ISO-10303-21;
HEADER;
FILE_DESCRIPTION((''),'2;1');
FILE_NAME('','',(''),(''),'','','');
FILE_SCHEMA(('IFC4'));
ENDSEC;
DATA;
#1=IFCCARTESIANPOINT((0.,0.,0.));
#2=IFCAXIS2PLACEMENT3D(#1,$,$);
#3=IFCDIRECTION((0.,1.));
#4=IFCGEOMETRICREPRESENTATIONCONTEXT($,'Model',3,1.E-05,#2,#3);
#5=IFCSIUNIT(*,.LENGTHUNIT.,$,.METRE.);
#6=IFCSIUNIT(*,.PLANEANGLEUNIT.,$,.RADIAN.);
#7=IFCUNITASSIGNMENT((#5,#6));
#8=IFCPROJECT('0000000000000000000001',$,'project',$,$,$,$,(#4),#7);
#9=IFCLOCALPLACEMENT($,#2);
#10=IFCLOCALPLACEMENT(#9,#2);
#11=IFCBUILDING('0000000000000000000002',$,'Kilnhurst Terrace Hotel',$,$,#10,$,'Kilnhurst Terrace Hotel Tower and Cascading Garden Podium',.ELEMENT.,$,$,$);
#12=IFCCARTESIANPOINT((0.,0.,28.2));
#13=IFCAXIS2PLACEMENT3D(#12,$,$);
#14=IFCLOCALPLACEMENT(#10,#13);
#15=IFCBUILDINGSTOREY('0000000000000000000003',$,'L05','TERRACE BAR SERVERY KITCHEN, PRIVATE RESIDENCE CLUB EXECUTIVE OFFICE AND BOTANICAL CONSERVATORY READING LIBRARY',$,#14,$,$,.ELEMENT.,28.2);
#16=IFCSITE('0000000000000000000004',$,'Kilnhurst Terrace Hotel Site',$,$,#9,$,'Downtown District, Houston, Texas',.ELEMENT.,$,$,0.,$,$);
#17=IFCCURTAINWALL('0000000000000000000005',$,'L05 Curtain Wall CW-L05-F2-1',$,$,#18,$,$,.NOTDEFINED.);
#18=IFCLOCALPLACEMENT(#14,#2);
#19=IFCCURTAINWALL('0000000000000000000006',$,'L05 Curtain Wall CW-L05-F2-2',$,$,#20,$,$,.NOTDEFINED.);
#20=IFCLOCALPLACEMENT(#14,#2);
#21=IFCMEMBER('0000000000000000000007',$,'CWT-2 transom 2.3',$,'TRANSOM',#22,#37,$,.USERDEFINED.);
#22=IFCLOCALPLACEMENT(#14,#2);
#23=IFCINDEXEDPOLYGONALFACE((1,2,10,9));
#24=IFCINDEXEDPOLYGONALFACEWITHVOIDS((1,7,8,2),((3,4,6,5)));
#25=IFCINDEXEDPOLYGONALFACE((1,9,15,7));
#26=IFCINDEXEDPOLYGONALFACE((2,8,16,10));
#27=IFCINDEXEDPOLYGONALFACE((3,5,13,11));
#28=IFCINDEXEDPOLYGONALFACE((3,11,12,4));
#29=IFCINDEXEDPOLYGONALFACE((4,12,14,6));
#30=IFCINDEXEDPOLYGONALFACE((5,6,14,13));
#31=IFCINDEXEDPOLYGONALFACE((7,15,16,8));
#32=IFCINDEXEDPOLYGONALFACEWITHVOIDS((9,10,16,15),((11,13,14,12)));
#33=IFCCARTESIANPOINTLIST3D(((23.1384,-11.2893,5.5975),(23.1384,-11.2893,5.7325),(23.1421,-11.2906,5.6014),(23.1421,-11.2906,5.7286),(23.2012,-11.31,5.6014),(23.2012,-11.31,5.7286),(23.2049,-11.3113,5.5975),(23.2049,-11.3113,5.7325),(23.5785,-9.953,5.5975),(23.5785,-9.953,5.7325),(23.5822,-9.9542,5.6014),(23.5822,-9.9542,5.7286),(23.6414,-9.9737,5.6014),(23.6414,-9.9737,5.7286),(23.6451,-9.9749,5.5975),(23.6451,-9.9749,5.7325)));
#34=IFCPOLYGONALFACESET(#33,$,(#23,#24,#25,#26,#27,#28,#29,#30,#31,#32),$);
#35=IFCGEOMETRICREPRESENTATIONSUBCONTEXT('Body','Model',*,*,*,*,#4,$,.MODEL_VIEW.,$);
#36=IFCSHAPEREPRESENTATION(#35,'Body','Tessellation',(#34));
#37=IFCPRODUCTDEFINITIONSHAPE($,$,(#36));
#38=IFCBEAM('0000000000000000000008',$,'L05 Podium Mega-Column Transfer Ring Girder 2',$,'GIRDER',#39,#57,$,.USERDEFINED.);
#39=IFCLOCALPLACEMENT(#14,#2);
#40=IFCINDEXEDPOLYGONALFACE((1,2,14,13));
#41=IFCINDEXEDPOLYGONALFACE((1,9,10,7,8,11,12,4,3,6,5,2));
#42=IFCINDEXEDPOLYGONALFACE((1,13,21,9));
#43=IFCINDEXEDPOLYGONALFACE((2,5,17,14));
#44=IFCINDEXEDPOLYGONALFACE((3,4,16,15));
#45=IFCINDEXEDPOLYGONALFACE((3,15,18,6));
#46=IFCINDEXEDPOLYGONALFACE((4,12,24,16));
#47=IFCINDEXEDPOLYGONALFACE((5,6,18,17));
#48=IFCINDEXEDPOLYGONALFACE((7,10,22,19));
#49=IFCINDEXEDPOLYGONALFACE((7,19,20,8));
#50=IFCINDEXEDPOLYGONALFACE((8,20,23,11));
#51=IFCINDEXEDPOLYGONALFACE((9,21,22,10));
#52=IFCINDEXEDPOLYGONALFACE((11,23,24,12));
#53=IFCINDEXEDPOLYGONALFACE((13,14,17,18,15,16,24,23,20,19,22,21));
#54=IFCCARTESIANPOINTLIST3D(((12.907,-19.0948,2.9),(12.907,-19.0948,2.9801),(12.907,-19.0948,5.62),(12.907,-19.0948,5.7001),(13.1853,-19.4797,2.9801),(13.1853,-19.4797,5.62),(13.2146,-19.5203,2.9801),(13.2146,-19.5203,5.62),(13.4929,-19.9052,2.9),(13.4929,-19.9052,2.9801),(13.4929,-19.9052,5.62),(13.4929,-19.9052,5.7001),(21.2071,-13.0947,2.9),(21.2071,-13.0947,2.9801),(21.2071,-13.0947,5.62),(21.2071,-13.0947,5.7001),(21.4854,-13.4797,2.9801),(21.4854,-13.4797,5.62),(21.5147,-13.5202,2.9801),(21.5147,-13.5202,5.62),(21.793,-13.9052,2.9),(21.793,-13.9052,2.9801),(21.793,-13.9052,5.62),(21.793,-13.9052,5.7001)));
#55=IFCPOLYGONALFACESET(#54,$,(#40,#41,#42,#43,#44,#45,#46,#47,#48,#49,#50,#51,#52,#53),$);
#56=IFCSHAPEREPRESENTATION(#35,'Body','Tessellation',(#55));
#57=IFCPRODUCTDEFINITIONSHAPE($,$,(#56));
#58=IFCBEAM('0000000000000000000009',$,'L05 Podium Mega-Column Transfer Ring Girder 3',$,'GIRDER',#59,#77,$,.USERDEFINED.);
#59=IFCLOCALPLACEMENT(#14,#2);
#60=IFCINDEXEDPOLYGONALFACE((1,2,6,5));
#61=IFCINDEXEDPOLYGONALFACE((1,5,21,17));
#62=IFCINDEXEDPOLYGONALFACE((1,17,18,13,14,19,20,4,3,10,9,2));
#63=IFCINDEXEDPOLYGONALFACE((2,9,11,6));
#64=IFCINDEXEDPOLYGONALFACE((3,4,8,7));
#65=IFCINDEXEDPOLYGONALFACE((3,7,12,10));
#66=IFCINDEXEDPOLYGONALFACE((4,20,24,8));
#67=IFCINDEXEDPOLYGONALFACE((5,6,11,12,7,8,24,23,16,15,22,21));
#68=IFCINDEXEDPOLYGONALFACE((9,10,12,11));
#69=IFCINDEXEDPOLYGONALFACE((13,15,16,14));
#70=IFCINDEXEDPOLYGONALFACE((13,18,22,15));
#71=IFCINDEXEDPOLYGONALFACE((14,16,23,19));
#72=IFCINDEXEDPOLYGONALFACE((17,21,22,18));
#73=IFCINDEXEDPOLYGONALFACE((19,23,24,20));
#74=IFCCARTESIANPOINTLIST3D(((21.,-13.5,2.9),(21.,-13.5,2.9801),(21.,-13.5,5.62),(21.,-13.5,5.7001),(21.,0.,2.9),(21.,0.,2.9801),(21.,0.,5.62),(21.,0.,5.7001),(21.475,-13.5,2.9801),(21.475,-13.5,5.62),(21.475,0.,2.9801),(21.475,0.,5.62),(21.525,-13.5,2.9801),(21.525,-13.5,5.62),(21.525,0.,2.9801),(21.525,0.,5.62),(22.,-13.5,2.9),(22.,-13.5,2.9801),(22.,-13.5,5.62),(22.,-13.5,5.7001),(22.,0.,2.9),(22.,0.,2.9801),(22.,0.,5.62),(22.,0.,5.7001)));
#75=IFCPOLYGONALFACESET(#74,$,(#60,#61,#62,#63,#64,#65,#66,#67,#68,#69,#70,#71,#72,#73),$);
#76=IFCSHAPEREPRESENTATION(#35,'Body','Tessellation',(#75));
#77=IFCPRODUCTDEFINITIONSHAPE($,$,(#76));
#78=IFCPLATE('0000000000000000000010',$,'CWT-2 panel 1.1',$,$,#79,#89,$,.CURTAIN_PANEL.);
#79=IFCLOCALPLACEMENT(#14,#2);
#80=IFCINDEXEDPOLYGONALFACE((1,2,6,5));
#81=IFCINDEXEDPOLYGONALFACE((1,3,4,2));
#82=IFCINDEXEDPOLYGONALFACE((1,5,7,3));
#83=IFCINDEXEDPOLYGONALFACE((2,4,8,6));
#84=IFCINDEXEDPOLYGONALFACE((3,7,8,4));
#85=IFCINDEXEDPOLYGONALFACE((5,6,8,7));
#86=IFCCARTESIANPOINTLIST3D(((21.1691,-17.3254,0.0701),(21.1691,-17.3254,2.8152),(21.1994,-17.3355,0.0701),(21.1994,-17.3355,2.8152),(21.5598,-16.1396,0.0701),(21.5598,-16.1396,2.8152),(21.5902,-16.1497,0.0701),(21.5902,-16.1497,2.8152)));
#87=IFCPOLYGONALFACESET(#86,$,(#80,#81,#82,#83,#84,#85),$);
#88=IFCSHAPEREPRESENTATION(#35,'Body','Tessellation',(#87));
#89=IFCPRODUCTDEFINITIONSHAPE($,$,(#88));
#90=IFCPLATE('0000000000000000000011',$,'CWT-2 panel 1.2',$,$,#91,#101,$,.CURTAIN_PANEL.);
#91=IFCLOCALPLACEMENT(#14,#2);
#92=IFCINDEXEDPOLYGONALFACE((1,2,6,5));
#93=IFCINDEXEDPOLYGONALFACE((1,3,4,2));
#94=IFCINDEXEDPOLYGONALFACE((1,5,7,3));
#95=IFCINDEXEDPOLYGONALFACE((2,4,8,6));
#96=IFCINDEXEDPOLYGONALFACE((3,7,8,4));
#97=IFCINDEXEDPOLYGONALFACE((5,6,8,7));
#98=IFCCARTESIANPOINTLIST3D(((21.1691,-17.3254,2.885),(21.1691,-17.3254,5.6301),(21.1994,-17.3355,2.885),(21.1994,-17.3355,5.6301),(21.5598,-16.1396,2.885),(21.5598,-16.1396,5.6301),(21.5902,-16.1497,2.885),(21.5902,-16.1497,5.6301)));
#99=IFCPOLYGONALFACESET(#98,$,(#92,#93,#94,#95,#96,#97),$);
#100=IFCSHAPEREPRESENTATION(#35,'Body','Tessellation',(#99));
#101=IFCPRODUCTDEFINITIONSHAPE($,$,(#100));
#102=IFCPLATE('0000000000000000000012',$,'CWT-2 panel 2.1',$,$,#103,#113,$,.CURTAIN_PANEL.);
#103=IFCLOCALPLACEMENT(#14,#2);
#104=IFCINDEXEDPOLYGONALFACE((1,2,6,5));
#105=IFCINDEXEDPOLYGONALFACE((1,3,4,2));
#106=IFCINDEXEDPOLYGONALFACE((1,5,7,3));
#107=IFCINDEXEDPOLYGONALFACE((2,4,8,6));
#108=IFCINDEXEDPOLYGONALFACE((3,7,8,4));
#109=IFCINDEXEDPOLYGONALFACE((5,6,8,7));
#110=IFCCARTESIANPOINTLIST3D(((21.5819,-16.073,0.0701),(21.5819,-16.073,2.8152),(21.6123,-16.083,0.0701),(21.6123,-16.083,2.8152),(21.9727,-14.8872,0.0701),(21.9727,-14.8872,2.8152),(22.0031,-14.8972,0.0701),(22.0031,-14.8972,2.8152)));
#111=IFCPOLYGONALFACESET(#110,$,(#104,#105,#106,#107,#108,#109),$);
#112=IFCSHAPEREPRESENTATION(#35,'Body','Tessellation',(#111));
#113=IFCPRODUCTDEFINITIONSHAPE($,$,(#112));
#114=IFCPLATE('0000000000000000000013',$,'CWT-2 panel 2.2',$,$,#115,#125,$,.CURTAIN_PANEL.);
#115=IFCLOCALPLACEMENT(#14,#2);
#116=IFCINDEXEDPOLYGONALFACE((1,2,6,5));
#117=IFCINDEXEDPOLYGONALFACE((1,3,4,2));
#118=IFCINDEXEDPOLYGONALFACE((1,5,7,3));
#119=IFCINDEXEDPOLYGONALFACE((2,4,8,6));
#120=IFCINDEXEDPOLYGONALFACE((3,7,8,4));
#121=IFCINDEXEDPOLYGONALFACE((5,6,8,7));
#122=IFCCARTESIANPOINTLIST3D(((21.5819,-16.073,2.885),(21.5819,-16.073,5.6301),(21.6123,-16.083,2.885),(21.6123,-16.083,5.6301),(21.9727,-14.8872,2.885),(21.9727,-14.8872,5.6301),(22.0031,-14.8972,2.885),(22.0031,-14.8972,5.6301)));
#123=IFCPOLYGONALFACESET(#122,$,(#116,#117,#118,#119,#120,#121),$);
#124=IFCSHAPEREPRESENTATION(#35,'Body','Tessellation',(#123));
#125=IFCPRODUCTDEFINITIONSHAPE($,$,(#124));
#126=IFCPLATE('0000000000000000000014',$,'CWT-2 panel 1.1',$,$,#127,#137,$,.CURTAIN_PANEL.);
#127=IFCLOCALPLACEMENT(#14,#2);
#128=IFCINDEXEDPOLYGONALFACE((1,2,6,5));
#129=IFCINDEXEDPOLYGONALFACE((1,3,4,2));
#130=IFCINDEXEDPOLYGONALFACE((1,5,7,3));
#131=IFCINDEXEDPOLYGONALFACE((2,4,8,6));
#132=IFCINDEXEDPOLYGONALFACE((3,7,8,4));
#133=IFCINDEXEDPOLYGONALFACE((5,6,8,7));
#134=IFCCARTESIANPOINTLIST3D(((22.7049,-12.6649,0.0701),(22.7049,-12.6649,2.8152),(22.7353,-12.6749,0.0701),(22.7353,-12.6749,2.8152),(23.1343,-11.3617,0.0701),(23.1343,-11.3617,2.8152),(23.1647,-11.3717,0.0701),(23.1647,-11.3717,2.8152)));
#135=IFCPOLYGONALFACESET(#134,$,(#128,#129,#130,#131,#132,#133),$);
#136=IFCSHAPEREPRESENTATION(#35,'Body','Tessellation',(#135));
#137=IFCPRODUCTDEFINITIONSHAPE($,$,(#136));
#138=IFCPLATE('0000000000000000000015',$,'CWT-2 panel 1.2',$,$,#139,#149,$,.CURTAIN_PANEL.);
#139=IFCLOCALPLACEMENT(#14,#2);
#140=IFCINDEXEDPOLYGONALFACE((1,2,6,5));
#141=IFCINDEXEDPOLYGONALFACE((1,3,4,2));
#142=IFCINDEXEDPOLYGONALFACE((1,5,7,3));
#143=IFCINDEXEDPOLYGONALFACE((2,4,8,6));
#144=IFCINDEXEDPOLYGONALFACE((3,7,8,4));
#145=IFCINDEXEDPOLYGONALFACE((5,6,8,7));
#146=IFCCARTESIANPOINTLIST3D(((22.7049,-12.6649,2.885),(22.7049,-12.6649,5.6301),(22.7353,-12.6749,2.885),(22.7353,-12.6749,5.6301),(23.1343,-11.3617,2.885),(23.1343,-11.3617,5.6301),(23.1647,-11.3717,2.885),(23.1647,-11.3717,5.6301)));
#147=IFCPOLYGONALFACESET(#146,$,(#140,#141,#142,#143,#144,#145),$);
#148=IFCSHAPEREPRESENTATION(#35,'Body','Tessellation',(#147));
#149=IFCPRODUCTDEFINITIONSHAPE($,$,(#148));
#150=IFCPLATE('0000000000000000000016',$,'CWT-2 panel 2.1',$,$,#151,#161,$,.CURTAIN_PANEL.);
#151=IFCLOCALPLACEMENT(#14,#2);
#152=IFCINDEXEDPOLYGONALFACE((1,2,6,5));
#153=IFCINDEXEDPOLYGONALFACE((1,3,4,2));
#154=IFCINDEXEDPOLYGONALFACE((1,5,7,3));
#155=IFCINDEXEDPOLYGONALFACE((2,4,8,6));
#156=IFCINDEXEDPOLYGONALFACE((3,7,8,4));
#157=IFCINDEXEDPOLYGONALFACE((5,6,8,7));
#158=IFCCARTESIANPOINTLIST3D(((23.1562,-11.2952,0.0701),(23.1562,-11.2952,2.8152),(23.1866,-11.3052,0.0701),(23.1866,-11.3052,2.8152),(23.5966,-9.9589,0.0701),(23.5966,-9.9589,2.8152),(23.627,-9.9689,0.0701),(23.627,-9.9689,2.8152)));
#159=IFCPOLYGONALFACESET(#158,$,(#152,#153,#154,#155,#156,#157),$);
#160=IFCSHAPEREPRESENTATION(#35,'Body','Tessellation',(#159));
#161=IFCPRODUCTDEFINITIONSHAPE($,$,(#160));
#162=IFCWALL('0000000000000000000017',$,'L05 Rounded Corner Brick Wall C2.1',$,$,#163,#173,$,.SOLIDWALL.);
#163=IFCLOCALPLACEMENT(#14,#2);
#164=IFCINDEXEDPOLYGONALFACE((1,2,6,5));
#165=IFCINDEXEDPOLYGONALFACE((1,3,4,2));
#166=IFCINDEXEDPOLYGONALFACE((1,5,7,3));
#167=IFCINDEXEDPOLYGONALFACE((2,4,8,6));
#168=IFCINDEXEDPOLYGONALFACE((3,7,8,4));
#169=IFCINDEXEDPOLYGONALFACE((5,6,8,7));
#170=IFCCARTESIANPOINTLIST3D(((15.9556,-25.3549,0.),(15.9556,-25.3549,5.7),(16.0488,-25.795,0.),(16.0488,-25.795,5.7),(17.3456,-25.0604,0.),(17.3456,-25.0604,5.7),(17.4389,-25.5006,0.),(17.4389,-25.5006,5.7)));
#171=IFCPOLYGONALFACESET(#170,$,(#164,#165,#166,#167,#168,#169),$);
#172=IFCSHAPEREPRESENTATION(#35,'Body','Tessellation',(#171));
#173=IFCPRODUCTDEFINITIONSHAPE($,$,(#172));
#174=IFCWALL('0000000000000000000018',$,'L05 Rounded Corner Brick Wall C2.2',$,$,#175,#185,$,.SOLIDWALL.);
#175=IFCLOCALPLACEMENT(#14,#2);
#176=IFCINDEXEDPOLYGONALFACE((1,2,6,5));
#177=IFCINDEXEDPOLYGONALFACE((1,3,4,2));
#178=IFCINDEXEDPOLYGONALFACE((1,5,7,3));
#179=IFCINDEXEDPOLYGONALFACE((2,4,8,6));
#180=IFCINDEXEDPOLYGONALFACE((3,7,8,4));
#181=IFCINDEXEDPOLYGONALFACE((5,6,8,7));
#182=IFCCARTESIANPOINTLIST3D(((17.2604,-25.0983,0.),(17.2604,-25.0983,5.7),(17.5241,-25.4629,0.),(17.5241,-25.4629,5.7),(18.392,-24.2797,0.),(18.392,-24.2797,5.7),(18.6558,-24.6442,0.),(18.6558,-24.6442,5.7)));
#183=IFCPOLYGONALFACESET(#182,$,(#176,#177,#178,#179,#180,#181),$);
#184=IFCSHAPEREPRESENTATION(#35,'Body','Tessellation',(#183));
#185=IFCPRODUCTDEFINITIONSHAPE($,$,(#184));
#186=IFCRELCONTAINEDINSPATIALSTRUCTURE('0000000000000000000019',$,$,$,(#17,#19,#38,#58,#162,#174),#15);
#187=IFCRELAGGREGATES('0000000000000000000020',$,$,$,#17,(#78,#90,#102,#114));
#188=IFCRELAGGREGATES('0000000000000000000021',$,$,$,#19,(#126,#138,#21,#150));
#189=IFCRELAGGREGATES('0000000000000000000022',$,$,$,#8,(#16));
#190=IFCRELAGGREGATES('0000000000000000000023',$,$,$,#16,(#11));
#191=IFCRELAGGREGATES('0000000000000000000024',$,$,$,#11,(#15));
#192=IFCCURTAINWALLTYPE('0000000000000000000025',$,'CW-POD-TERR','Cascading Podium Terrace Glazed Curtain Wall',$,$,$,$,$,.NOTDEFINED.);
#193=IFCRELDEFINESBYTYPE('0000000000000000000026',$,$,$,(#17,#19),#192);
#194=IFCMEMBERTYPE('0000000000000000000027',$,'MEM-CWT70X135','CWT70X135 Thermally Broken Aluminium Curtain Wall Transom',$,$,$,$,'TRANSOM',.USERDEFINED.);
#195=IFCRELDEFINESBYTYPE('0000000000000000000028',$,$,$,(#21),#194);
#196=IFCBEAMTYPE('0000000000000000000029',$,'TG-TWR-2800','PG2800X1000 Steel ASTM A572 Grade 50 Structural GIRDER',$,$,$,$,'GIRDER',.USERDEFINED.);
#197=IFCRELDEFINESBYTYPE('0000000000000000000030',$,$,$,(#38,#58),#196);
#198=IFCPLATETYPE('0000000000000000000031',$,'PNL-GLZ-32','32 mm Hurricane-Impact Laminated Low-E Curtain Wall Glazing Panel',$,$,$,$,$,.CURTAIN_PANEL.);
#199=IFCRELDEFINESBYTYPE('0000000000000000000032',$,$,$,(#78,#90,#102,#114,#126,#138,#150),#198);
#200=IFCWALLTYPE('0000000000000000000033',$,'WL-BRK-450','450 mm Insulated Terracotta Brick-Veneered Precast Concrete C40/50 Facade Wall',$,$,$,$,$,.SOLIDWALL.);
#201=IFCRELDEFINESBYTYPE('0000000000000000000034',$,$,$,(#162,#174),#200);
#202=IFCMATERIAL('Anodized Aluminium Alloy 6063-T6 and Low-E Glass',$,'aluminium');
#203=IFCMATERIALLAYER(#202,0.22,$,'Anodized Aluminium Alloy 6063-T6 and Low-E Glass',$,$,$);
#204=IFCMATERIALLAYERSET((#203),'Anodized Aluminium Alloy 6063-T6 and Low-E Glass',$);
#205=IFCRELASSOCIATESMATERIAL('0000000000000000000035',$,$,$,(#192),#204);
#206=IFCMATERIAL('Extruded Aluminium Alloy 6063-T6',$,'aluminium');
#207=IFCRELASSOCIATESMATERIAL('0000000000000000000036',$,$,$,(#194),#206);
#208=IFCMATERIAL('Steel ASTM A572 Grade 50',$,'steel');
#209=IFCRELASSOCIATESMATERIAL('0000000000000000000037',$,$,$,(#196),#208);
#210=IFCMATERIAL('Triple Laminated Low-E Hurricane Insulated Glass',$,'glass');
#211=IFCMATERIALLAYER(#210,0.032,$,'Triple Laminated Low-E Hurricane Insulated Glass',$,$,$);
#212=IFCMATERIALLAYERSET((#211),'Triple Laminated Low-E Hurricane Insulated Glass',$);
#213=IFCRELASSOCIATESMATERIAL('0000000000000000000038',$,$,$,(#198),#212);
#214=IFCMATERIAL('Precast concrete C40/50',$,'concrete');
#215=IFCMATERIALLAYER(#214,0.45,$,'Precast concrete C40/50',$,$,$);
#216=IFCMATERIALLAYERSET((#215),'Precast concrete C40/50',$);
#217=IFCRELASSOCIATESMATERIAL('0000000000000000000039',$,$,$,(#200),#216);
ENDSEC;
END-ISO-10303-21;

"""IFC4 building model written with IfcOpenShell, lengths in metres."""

from ifc_helpers import new_model, si_unit, direction, frame, frame_2d, origin, origin_2d, place, context, subcontext, project, spatial, rectangle, hollow_rectangle, i_section, extrude, material, layer, layer_set, material_profile, profile_set, type_object, element, aggregate, save


model = new_model("IFC4")

# Units and contexts
model_context = context("Model", 3, precision=1e-05, world=origin(), true_north=direction((0.0, 1.0)))
body_context = subcontext(model_context, "Body", "Model", "MODEL_VIEW")
ifc_project = project(units=[si_unit("LENGTHUNIT", "METRE"), si_unit("PLANEANGLEUNIT", "RADIAN")], contexts=[model_context])

# Site, building, storey
site_placement = place(None, origin())
site = spatial("IfcSite", under=ifc_project, at=site_placement, Name="Kilnhurst Terrace Hotel Site", LongName="Downtown District, Houston, Texas", CompositionType="ELEMENT", RefElevation=0.0)
building_placement = place(site_placement, origin())
building = spatial("IfcBuilding", under=site, at=building_placement, Name="Kilnhurst Terrace Hotel", LongName="Kilnhurst Terrace Hotel Tower and Cascading Garden Podium", CompositionType="ELEMENT")
storey_placement = place(building_placement, frame((0.0, 0.0, 28.2)))
storey = spatial("IfcBuildingStorey", under=building, at=storey_placement, Name="L05", Description="TERRACE BAR SERVERY KITCHEN, PRIVATE RESIDENCE CLUB EXECUTIVE OFFICE AND BOTANICAL CONSERVATORY READING LIBRARY", CompositionType="ELEMENT", Elevation=28.2)

# Curtain walls
ifc_material_1 = material(Name="Anodized Aluminium Alloy 6063-T6 and Low-E Glass", Category="aluminium")
ifc_layer_1 = layer(ifc_material_1, 0.22, Name="Anodized Aluminium Alloy 6063-T6 and Low-E Glass")
ifc_layer_set_1 = layer_set([ifc_layer_1], Name="Anodized Aluminium Alloy 6063-T6 and Low-E Glass")
curtain_wall_type = type_object("IfcCurtainWallType", Name="CW-POD-TERR", Description="Cascading Podium Terrace Glazed Curtain Wall", PredefinedType="NOTDEFINED", material=ifc_layer_set_1)
curtain_wall_1_placement = place(storey_placement, origin())
curtain_wall_1 = element("IfcCurtainWall", 1, at=curtain_wall_1_placement, inside=storey, type_object=curtain_wall_type, Name="L05 Curtain Wall CW-L05-F2-1", PredefinedType="NOTDEFINED")
ifc_material_2 = material(Name="Extruded Aluminium Alloy 6063-T6", Category="aluminium")
curtain_wall_2_placement = place(storey_placement, origin())
curtain_wall_2 = element("IfcCurtainWall", 2, at=curtain_wall_2_placement, inside=storey, type_object=curtain_wall_type, Name="L05 Curtain Wall CW-L05-F2-2", PredefinedType="NOTDEFINED")

# Member
ifc_material_profile_1 = material_profile(ifc_material_2, hollow_rectangle(XDim=0.0701, YDim=0.135, WallThickness=0.0039, at=origin_2d()), Name="CWT70X135")
ifc_profile_set_1 = profile_set([ifc_material_profile_1], Name="Extruded Aluminium Alloy 6063-T6")
member_type_1 = type_object("IfcMemberType", Name="MEM-CWT70X135", Description="CWT70X135 Thermally Broken Aluminium Curtain Wall Transom", ElementType="TRANSOM", PredefinedType="USERDEFINED", material=ifc_profile_set_1)
member_1_placement = place(storey_placement, frame((23.1716, -11.3003, 5.665), z_axis=(0.312842, 0.949805, 0.0), x_axis=(-0.949805, 0.312842, 0.0)))
member_1 = element("IfcMember", 3, at=member_1_placement, type_object=member_type_1, Name="CWT-2 transom 2.3", ObjectType="TRANSOM", PredefinedType="USERDEFINED", context=body_context, shape_type="SweptSolid", body=[
    extrude(hollow_rectangle(XDim=0.0701, YDim=0.135, WallThickness=0.0039, at=origin_2d()), origin(), (0.0, 0.0, 1.0), 1.407),
])

# Beams
ifc_material_3 = material(Name="Steel ASTM A572 Grade 50", Category="steel")
ifc_material_profile_2 = material_profile(ifc_material_3, i_section(OverallWidth=1.0, OverallDepth=2.8, WebThickness=0.05, FlangeThickness=0.0801, at=origin_2d()), Name="PG2800X1000")
ifc_profile_set_2 = profile_set([ifc_material_profile_2], Name="Steel ASTM A572 Grade 50")
beam_type_1 = type_object("IfcBeamType", Name="TG-TWR-2800", Description="PG2800X1000 Steel ASTM A572 Grade 50 Structural GIRDER", ElementType="GIRDER", PredefinedType="USERDEFINED", material=ifc_profile_set_2)
beam_1_placement = place(storey_placement, frame((13.2, -19.5, 4.3), z_axis=(0.810423, 0.585845, 0.0), x_axis=(-0.585845, 0.810423, 0.0)))
element("IfcBeam", 4, at=beam_1_placement, inside=storey, type_object=beam_type_1, Name="L05 Podium Mega-Column Transfer Ring Girder 2", ObjectType="GIRDER", PredefinedType="USERDEFINED", context=body_context, shape_type="SweptSolid", body=[
    extrude(i_section(OverallWidth=1.0, OverallDepth=2.8, WebThickness=0.05, FlangeThickness=0.0801, at=origin_2d()), origin(), (0.0, 0.0, 1.0), 10.2417),
])
beam_2_placement = place(storey_placement, frame((21.5, -13.5, 4.3), z_axis=(0.0, 1.0, 0.0), x_axis=(-1.0, 0.0, 0.0)))
element("IfcBeam", 5, at=beam_2_placement, inside=storey, type_object=beam_type_1, Name="L05 Podium Mega-Column Transfer Ring Girder 3", ObjectType="GIRDER", PredefinedType="USERDEFINED", context=body_context, shape_type="SweptSolid", body=[
    extrude(i_section(OverallWidth=1.0, OverallDepth=2.8, WebThickness=0.05, FlangeThickness=0.0801, at=origin_2d()), origin(), (0.0, 0.0, 1.0), 13.5),
])

# Plates
ifc_material_4 = material(Name="Triple Laminated Low-E Hurricane Insulated Glass", Category="glass")
ifc_layer_2 = layer(ifc_material_4, 0.032, Name="Triple Laminated Low-E Hurricane Insulated Glass")
ifc_layer_set_2 = layer_set([ifc_layer_2], Name="Triple Laminated Low-E Hurricane Insulated Glass")
plate_type = type_object("IfcPlateType", Name="PNL-GLZ-32", Description="32 mm Hurricane-Impact Laminated Low-E Curtain Wall Glazing Panel", PredefinedType="CURTAIN_PANEL", material=ifc_layer_set_2)
plate_1_placement = place(storey_placement, frame((21.3796, -16.7375, 0.0701), z_axis=(0.0, 0.0, 1.0), x_axis=(0.313001, 0.949753, 0.0)))
plate_1 = element("IfcPlate", 6, at=plate_1_placement, type_object=plate_type, Name="CWT-2 panel 1.1", PredefinedType="CURTAIN_PANEL", context=body_context, shape_type="SweptSolid", body=[
    extrude(rectangle(XDim=1.2485, YDim=0.032, at=origin_2d()), origin(), (0.0, 0.0, 1.0), 2.7451),
])
plate_2_placement = place(storey_placement, frame((21.3796, -16.7375, 2.885), z_axis=(0.0, 0.0, 1.0), x_axis=(0.313001, 0.949753, 0.0)))
plate_2 = element("IfcPlate", 7, at=plate_2_placement, type_object=plate_type, Name="CWT-2 panel 1.2", PredefinedType="CURTAIN_PANEL", context=body_context, shape_type="SweptSolid", body=[
    extrude(rectangle(XDim=1.2485, YDim=0.032, at=origin_2d()), origin(), (0.0, 0.0, 1.0), 2.7451),
])
plate_3_placement = place(storey_placement, frame((21.7925, -15.4851, 0.0701), z_axis=(0.0, 0.0, 1.0), x_axis=(0.313001, 0.949753, 0.0)))
plate_3 = element("IfcPlate", 8, at=plate_3_placement, type_object=plate_type, Name="CWT-2 panel 2.1", PredefinedType="CURTAIN_PANEL", context=body_context, shape_type="SweptSolid", body=[
    extrude(rectangle(XDim=1.2485, YDim=0.032, at=origin_2d()), origin(), (0.0, 0.0, 1.0), 2.7451),
])
plate_4_placement = place(storey_placement, frame((21.7925, -15.4851, 2.885), z_axis=(0.0, 0.0, 1.0), x_axis=(0.313001, 0.949753, 0.0)))
plate_4 = element("IfcPlate", 9, at=plate_4_placement, type_object=plate_type, Name="CWT-2 panel 2.2", PredefinedType="CURTAIN_PANEL", context=body_context, shape_type="SweptSolid", body=[
    extrude(rectangle(XDim=1.2485, YDim=0.032, at=origin_2d()), origin(), (0.0, 0.0, 1.0), 2.7451),
])
aggregate(curtain_wall_1, [plate_1, plate_2, plate_3, plate_4])
plate_5_placement = place(storey_placement, frame((22.9348, -12.0183, 0.0701), z_axis=(0.0, 0.0, 1.0), x_axis=(0.312988, 0.949757, 0.0)))
plate_5 = element("IfcPlate", 10, at=plate_5_placement, type_object=plate_type, Name="CWT-2 panel 1.1", PredefinedType="CURTAIN_PANEL", context=body_context, shape_type="SweptSolid", body=[
    extrude(rectangle(XDim=1.3721, YDim=0.032, at=origin_2d()), origin(), (0.0, 0.0, 1.0), 2.7451),
])
plate_6_placement = place(storey_placement, frame((22.9348, -12.0183, 2.885), z_axis=(0.0, 0.0, 1.0), x_axis=(0.312988, 0.949757, 0.0)))
plate_6 = element("IfcPlate", 11, at=plate_6_placement, type_object=plate_type, Name="CWT-2 panel 1.2", PredefinedType="CURTAIN_PANEL", context=body_context, shape_type="SweptSolid", body=[
    extrude(rectangle(XDim=1.3721, YDim=0.032, at=origin_2d()), origin(), (0.0, 0.0, 1.0), 2.7451),
])
plate_7_placement = place(storey_placement, frame((23.3916, -10.6321, 0.0701), z_axis=(0.0, 0.0, 1.0), x_axis=(0.312988, 0.949757, 0.0)))
plate_7 = element("IfcPlate", 12, at=plate_7_placement, type_object=plate_type, Name="CWT-2 panel 2.1", PredefinedType="CURTAIN_PANEL", context=body_context, shape_type="SweptSolid", body=[
    extrude(rectangle(XDim=1.407, YDim=0.032, at=origin_2d()), origin(), (0.0, 0.0, 1.0), 2.7451),
])
aggregate(curtain_wall_2, [plate_5, plate_6, member_1, plate_7])

# Walls
ifc_material_5 = material(Name="Precast concrete C40/50", Category="concrete")
ifc_layer_3 = layer(ifc_material_5, 0.45, Name="Precast concrete C40/50")
ifc_layer_set_3 = layer_set([ifc_layer_3], Name="Precast concrete C40/50")
wall_type = type_object("IfcWallType", Name="WL-BRK-450", Description="450 mm Insulated Terracotta Brick-Veneered Precast Concrete C40/50 Facade Wall", PredefinedType="SOLIDWALL", material=ifc_layer_set_3)
wall_1_placement = place(storey_placement, frame((16.0022, -25.575, 0.0), z_axis=(0.0, 0.0, 1.0), x_axis=(0.978297, 0.207205, 0.0)))
element("IfcWall", 13, at=wall_1_placement, inside=storey, type_object=wall_type, Name="L05 Rounded Corner Brick Wall C2.1", PredefinedType="SOLIDWALL", context=body_context, shape_type="SweptSolid", body=[
    extrude(rectangle(XDim=1.4209, YDim=0.45, at=frame_2d((0.7104, 0.0))), origin(), (0.0, 0.0, 1.0), 5.7),
])
wall_2_placement = place(storey_placement, frame((17.3923, -25.2805, 0.0), z_axis=(0.0, 0.0, 1.0), x_axis=(0.810223, 0.586122, 0.0)))
element("IfcWall", 14, at=wall_2_placement, inside=storey, type_object=wall_type, Name="L05 Rounded Corner Brick Wall C2.2", PredefinedType="SOLIDWALL", context=body_context, shape_type="SweptSolid", body=[
    extrude(rectangle(XDim=1.3967, YDim=0.45, at=frame_2d((0.6982, 0.0))), origin(), (0.0, 0.0, 1.0), 5.7),
])

save(model, "model.ifc")
